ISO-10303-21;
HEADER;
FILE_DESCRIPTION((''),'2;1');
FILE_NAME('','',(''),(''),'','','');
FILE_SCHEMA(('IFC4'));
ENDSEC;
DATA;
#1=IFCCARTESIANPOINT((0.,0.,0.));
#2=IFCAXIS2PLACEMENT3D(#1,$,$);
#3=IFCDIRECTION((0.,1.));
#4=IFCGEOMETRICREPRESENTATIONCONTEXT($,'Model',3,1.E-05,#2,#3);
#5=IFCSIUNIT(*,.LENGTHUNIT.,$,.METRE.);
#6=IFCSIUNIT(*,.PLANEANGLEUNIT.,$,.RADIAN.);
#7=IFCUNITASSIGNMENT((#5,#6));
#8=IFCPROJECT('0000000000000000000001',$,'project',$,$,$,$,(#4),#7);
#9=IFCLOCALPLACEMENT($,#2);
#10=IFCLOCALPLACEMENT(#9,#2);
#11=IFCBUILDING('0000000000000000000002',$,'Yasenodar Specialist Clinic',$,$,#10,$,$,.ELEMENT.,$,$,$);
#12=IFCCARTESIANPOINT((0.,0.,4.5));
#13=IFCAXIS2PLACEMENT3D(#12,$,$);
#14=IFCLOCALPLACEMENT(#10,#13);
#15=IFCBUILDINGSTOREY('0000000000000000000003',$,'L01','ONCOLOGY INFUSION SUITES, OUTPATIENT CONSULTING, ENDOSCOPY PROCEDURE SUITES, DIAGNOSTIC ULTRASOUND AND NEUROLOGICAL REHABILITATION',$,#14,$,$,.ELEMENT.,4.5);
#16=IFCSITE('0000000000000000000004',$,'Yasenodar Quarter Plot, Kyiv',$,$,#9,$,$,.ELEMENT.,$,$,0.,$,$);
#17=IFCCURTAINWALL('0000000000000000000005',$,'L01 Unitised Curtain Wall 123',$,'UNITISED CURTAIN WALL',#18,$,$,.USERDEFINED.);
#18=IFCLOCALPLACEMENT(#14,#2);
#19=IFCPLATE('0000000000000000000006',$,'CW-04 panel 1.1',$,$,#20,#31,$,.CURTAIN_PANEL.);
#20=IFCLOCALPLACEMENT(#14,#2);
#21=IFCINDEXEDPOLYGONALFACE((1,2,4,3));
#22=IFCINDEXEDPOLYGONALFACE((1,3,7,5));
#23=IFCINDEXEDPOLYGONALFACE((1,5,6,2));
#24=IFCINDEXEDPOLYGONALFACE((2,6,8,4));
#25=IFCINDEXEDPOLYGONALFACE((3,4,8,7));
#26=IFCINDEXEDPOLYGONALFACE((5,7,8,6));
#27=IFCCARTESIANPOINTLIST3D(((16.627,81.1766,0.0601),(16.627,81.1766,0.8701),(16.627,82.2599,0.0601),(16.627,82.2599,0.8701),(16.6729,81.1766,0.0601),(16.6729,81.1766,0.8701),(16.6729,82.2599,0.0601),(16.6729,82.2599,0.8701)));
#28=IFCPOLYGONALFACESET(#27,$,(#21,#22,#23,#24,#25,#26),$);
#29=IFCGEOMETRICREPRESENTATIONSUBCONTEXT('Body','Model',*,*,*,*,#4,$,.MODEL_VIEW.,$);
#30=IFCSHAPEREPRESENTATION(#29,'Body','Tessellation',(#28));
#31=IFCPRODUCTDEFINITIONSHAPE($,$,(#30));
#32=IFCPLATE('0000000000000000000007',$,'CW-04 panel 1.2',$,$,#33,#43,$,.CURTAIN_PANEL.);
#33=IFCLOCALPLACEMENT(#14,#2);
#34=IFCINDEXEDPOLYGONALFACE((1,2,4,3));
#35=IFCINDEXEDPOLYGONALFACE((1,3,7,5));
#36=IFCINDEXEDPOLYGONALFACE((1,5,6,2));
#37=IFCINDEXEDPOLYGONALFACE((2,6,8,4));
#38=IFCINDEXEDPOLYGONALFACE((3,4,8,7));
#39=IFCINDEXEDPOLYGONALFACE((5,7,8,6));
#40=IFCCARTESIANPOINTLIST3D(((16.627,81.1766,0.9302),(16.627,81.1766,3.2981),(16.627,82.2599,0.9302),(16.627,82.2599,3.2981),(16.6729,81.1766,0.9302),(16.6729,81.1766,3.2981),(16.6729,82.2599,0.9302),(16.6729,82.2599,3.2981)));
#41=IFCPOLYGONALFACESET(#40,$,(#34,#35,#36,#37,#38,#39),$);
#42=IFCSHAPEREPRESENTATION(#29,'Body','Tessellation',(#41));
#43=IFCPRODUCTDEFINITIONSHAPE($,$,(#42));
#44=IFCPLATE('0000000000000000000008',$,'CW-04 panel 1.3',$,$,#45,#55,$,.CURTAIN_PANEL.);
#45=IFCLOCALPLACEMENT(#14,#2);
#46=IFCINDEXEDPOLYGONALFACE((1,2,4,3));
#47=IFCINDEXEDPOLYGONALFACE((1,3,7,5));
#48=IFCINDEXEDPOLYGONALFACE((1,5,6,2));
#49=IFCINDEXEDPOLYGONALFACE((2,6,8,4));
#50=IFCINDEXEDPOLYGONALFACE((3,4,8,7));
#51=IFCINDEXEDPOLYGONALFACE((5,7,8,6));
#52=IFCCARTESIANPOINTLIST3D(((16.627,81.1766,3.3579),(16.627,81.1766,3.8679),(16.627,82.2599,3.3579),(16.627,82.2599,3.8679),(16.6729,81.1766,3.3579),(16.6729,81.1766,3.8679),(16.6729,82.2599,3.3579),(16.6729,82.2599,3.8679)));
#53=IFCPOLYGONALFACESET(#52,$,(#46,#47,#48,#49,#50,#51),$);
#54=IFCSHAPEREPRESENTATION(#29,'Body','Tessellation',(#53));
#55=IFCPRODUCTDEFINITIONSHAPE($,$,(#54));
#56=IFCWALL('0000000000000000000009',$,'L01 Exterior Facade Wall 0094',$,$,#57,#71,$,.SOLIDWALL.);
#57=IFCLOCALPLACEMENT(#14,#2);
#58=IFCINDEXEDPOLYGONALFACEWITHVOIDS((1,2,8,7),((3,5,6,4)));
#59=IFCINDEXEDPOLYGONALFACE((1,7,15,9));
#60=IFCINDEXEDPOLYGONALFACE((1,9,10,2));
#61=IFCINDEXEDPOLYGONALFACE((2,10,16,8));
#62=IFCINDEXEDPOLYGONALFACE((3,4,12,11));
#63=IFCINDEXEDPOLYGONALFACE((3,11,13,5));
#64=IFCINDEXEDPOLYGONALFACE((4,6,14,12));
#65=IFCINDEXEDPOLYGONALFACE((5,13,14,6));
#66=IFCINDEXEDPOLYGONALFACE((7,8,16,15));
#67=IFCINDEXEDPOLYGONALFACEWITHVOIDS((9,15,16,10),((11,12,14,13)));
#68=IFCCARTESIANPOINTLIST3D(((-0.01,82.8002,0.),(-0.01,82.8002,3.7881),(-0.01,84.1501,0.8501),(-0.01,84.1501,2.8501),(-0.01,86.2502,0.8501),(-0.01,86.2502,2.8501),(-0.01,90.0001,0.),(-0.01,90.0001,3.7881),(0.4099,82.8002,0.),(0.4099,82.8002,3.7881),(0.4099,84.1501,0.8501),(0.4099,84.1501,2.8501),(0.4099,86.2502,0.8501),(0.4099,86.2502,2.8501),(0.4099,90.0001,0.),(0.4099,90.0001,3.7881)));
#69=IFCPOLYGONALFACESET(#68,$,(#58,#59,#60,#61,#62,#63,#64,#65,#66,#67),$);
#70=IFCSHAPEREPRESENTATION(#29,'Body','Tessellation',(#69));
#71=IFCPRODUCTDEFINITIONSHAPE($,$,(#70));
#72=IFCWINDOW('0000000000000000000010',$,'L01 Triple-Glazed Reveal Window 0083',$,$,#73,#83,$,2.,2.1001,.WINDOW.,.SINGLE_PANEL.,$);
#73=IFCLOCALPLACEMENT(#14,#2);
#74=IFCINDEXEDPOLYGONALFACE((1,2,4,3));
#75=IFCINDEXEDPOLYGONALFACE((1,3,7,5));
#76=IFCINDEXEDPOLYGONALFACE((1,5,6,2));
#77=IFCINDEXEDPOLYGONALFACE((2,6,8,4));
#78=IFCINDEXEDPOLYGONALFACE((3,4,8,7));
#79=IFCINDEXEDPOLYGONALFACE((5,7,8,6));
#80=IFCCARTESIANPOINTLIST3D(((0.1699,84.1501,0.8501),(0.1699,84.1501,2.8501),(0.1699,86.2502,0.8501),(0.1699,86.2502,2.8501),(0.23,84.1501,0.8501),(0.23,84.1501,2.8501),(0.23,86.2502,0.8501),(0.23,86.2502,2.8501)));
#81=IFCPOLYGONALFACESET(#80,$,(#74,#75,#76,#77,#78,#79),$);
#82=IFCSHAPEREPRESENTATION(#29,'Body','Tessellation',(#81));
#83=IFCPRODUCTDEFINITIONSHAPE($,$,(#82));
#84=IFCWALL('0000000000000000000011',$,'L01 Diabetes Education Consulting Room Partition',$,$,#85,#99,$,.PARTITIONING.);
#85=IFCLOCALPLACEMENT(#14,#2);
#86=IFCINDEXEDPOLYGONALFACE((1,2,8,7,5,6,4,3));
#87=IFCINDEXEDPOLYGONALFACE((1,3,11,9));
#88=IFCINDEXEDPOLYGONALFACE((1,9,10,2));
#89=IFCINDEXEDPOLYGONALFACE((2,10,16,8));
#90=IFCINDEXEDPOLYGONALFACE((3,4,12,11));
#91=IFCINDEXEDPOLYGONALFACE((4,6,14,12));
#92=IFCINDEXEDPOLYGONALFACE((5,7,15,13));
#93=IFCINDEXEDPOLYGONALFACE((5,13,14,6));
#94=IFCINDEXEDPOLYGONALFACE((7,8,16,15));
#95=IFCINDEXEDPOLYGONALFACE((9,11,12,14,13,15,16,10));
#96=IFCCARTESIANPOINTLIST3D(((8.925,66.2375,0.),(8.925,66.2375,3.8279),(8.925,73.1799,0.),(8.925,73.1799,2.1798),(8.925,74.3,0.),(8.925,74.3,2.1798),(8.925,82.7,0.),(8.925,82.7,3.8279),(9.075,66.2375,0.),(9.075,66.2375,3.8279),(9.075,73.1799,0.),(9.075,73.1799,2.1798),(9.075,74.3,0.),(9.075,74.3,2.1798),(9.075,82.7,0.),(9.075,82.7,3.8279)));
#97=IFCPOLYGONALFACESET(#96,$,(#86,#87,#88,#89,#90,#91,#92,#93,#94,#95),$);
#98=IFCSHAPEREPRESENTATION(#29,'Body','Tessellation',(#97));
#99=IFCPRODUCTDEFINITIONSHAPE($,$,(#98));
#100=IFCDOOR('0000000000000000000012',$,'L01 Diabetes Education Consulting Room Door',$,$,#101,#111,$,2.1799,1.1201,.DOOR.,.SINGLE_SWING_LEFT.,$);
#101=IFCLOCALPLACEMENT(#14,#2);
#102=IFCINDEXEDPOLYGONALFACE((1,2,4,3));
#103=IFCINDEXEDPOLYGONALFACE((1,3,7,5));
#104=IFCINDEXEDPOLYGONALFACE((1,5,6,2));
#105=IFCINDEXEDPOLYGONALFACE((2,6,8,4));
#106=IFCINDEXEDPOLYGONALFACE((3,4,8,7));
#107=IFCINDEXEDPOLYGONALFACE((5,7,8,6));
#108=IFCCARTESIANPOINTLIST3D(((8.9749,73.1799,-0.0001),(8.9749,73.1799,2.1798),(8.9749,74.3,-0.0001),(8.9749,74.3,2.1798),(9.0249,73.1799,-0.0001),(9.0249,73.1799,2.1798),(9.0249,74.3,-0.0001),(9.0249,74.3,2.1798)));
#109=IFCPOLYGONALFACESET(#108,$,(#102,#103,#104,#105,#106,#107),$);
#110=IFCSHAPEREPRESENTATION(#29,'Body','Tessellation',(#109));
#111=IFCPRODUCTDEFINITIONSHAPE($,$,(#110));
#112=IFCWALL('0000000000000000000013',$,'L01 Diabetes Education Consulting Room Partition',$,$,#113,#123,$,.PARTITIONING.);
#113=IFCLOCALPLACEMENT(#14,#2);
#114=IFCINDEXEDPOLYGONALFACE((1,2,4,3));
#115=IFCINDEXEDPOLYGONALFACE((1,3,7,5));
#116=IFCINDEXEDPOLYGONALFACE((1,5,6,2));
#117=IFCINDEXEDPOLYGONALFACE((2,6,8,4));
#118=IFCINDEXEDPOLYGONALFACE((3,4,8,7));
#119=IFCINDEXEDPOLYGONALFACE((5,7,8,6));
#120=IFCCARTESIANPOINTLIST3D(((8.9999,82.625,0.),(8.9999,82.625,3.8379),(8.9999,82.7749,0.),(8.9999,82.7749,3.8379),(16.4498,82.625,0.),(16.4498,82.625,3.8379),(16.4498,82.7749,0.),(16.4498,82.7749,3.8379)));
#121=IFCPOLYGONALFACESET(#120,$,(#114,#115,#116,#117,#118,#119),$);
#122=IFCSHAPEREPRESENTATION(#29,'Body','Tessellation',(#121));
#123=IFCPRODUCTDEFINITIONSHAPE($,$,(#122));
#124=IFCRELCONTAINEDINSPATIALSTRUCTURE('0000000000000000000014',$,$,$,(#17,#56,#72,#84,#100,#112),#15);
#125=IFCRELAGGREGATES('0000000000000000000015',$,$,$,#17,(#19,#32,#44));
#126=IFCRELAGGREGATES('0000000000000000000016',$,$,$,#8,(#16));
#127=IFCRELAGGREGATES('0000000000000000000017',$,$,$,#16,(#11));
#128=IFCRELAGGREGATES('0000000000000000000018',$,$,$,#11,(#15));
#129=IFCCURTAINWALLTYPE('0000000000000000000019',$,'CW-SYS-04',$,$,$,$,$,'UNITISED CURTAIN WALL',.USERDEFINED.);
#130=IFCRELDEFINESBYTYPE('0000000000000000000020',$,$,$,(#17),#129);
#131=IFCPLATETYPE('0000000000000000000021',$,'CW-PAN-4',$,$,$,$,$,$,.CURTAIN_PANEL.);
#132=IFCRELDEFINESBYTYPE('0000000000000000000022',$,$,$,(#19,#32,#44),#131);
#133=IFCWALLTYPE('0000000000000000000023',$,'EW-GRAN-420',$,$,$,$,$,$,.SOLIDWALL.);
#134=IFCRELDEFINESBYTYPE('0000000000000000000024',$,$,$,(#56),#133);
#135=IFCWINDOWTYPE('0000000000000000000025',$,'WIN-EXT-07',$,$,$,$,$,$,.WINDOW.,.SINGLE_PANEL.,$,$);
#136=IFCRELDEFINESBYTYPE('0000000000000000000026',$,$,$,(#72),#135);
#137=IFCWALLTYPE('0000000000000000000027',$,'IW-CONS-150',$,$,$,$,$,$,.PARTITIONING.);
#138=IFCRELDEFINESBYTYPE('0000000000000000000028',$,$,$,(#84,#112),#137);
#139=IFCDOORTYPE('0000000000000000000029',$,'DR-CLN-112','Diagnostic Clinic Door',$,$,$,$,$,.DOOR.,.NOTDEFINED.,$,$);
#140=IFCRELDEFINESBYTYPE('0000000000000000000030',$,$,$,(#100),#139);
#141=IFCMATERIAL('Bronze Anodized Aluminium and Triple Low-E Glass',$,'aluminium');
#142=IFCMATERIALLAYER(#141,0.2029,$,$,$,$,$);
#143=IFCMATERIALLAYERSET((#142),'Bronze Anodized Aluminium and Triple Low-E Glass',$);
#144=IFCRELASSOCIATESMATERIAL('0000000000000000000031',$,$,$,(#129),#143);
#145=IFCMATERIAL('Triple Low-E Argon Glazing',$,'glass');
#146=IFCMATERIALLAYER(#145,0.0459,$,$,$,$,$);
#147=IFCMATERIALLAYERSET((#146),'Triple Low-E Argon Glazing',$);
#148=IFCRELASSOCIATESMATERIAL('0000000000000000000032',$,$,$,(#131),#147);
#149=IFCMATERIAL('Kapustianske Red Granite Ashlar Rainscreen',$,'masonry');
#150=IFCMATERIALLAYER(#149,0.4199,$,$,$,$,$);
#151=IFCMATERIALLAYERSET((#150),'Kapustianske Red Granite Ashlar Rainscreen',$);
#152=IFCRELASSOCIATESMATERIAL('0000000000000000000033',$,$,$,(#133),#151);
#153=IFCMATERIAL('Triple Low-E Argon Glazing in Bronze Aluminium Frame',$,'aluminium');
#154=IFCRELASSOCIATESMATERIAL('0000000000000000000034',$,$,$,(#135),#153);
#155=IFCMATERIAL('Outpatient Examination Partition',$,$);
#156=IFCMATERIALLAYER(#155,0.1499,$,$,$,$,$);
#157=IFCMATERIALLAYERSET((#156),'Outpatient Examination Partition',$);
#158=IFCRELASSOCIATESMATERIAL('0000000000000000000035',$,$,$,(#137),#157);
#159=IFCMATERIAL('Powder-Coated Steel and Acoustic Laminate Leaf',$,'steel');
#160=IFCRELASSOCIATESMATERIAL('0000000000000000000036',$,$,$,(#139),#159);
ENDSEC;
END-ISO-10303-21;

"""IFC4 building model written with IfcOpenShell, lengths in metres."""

from ifc_helpers import new_model, si_unit, direction, frame, frame_2d, origin, origin_2d, place, context, subcontext, project, spatial, rectangle, extrude, material, layer, layer_set, type_object, element, fill, aggregate, save


model = new_model("IFC4")

# Units and contexts
model_context = context("Model", 3, precision=1e-05, world=origin(), true_north=direction((0.0, 1.0)))
body_context = subcontext(model_context, "Body", "Model", "MODEL_VIEW")
ifc_project = project(units=[si_unit("LENGTHUNIT", "METRE"), si_unit("PLANEANGLEUNIT", "RADIAN")], contexts=[model_context])

# Site, building, storey
site_placement = place(None, origin())
site = spatial("IfcSite", under=ifc_project, at=site_placement, Name="Yasenodar Quarter Plot, Kyiv", CompositionType="ELEMENT", RefElevation=0.0)
building_placement = place(site_placement, origin())
building = spatial("IfcBuilding", under=site, at=building_placement, Name="Yasenodar Specialist Clinic", CompositionType="ELEMENT")
storey_placement = place(building_placement, frame((0.0, 0.0, 4.5)))
storey = spatial("IfcBuildingStorey", under=building, at=storey_placement, Name="L01", Description="ONCOLOGY INFUSION SUITES, OUTPATIENT CONSULTING, ENDOSCOPY PROCEDURE SUITES, DIAGNOSTIC ULTRASOUND AND NEUROLOGICAL REHABILITATION", CompositionType="ELEMENT", Elevation=4.5)

# Curtain wall
ifc_material_1 = material(Name="Bronze Anodized Aluminium and Triple Low-E Glass", Category="aluminium")
ifc_layer_1 = layer(ifc_material_1, 0.2029)
ifc_layer_set_1 = layer_set([ifc_layer_1], Name="Bronze Anodized Aluminium and Triple Low-E Glass")
curtain_wall_type = type_object("IfcCurtainWallType", Name="CW-SYS-04", ElementType="UNITISED CURTAIN WALL", PredefinedType="USERDEFINED", material=ifc_layer_set_1)
curtain_wall_placement = place(storey_placement, origin())
curtain_wall = element("IfcCurtainWall", 1, at=curtain_wall_placement, inside=storey, type_object=curtain_wall_type, Name="L01 Unitised Curtain Wall 123", ObjectType="UNITISED CURTAIN WALL", PredefinedType="USERDEFINED")

# Plates
ifc_material_2 = material(Name="Triple Low-E Argon Glazing", Category="glass")
ifc_layer_2 = layer(ifc_material_2, 0.0459)
ifc_layer_set_2 = layer_set([ifc_layer_2], Name="Triple Low-E Argon Glazing")
plate_type = type_object("IfcPlateType", Name="CW-PAN-4", PredefinedType="CURTAIN_PANEL", material=ifc_layer_set_2)
plate_1_placement = place(storey_placement, frame((16.6499, 81.7183, 0.0601), z_axis=(0.0, 0.0, 1.0), x_axis=(0.0, -1.0, 0.0)))
plate_1 = element("IfcPlate", 2, at=plate_1_placement, type_object=plate_type, Name="CW-04 panel 1.1", PredefinedType="CURTAIN_PANEL", context=body_context, shape_type="SweptSolid", body=[
    extrude(rectangle(XDim=1.0833, YDim=0.0459, at=origin_2d()), origin(), (0.0, 0.0, 1.0), 0.8101),
])
plate_2_placement = place(storey_placement, frame((16.6499, 81.7183, 0.9302), z_axis=(0.0, 0.0, 1.0), x_axis=(0.0, -1.0, 0.0)))
plate_2 = element("IfcPlate", 3, at=plate_2_placement, type_object=plate_type, Name="CW-04 panel 1.2", PredefinedType="CURTAIN_PANEL", context=body_context, shape_type="SweptSolid", body=[
    extrude(rectangle(XDim=1.0833, YDim=0.0459, at=origin_2d()), origin(), (0.0, 0.0, 1.0), 2.3679),
])
plate_3_placement = place(storey_placement, frame((16.6499, 81.7183, 3.3579), z_axis=(0.0, 0.0, 1.0), x_axis=(0.0, -1.0, 0.0)))
plate_3 = element("IfcPlate", 4, at=plate_3_placement, type_object=plate_type, Name="CW-04 panel 1.3", PredefinedType="CURTAIN_PANEL", context=body_context, shape_type="SweptSolid", body=[
    extrude(rectangle(XDim=1.0833, YDim=0.0459, at=origin_2d()), origin(), (0.0, 0.0, 1.0), 0.51),
])
aggregate(curtain_wall, [plate_1, plate_2, plate_3])

# Wall, opening, window
ifc_material_3 = material(Name="Kapustianske Red Granite Ashlar Rainscreen", Category="masonry")
ifc_layer_3 = layer(ifc_material_3, 0.4199)
ifc_layer_set_3 = layer_set([ifc_layer_3], Name="Kapustianske Red Granite Ashlar Rainscreen")
wall_type_1 = type_object("IfcWallType", Name="EW-GRAN-420", PredefinedType="SOLIDWALL", material=ifc_layer_set_3)
wall_1_placement = place(storey_placement, frame((0.2, 82.8, 0.0), z_axis=(0.0, 0.0, 1.0), x_axis=(0.0, 1.0, 0.0)))
wall_1 = element("IfcWall", 5, at=wall_1_placement, inside=storey, type_object=wall_type_1, Name="L01 Exterior Facade Wall 0094", PredefinedType="SOLIDWALL", context=body_context, shape_type="SweptSolid", body=[
    extrude(rectangle(XDim=7.2, YDim=0.4199, at=frame_2d((3.6001, 0.0))), origin(), (0.0, 0.0, 1.0), 3.7881),
])
opening_1_placement = place(wall_1_placement, frame((1.3501, 0.0, 0.8501)))
opening_1 = element("IfcOpeningElement", 6, at=opening_1_placement, cuts=wall_1, PredefinedType="OPENING", context=body_context, shape_type="SweptSolid", body=[
    extrude(rectangle(XDim=2.1001, YDim=2.0, at=frame_2d((1.05, 1.0))), frame((0.0, 0.22, 0.0), z_axis=(0.0, -1.0, 0.0), x_axis=(1.0, 0.0, 0.0)), (0.0, 0.0, 1.0), 0.4399),
])
ifc_material_4 = material(Name="Triple Low-E Argon Glazing in Bronze Aluminium Frame", Category="aluminium")
window_type = type_object("IfcWindowType", Name="WIN-EXT-07", PartitioningType="SINGLE_PANEL", PredefinedType="WINDOW", material=ifc_material_4)
window_placement = place(opening_1_placement, origin())
window = element("IfcWindow", 7, at=window_placement, inside=storey, type_object=window_type, Name="L01 Triple-Glazed Reveal Window 0083", OverallHeight=2.0, OverallWidth=2.1001, PartitioningType="SINGLE_PANEL", PredefinedType="WINDOW", context=body_context, shape_type="SweptSolid", body=[
    extrude(rectangle(XDim=2.1001, YDim=2.0, at=frame_2d((1.05, 1.0))), frame((0.0, 0.03, 0.0), z_axis=(0.0, -1.0, 0.0), x_axis=(1.0, 0.0, 0.0)), (0.0, 0.0, 1.0), 0.0601),
])
fill(opening_1, window)

# Wall, opening, door
ifc_material_5 = material(Name="Outpatient Examination Partition")
ifc_layer_4 = layer(ifc_material_5, 0.1499)
ifc_layer_set_4 = layer_set([ifc_layer_4], Name="Outpatient Examination Partition")
wall_type_2 = type_object("IfcWallType", Name="IW-CONS-150", PredefinedType="PARTITIONING", material=ifc_layer_set_4)
wall_2_placement = place(storey_placement, frame((9.0, 82.7, 0.0), z_axis=(0.0, 0.0, 1.0), x_axis=(0.0, -1.0, 0.0)))
wall_2 = element("IfcWall", 8, at=wall_2_placement, inside=storey, type_object=wall_type_2, Name="L01 Diabetes Education Consulting Room Partition", PredefinedType="PARTITIONING", context=body_context, shape_type="SweptSolid", body=[
    extrude(rectangle(XDim=16.4624, YDim=0.1499, at=frame_2d((8.2312, 0.0))), origin(), (0.0, 0.0, 1.0), 3.8279),
])
opening_2_placement = place(wall_2_placement, frame((8.3999, 0.0, 0.0)))
opening_2 = element("IfcOpeningElement", 9, at=opening_2_placement, cuts=wall_2, PredefinedType="OPENING", context=body_context, shape_type="SweptSolid", body=[
    extrude(rectangle(XDim=1.1201, YDim=2.1799, at=frame_2d((0.5601, 1.0898))), frame((0.0, 0.085, 0.0), z_axis=(0.0, -1.0, 0.0), x_axis=(1.0, 0.0, 0.0)), (0.0, 0.0, 1.0), 0.1699),
])
ifc_material_6 = material(Name="Powder-Coated Steel and Acoustic Laminate Leaf", Category="steel")
door_type = type_object("IfcDoorType", Name="DR-CLN-112", Description="Diagnostic Clinic Door", OperationType="NOTDEFINED", PredefinedType="DOOR", material=ifc_material_6)
door_placement = place(opening_2_placement, origin())
door = element("IfcDoor", 10, at=door_placement, inside=storey, type_object=door_type, Name="L01 Diabetes Education Consulting Room Door", OperationType="SINGLE_SWING_LEFT", OverallHeight=2.1799, OverallWidth=1.1201, PredefinedType="DOOR", context=body_context, shape_type="SweptSolid", body=[
    extrude(rectangle(XDim=1.1201, YDim=2.1799, at=frame_2d((0.5601, 1.0898))), frame((0.0, 0.0249, 0.0), z_axis=(0.0, -1.0, 0.0), x_axis=(1.0, 0.0, 0.0)), (0.0, 0.0, 1.0), 0.05),
])
fill(opening_2, door)

# Wall
wall_3_placement = place(storey_placement, frame((16.45, 82.7, 0.0), z_axis=(0.0, 0.0, 1.0), x_axis=(-1.0, 0.0, 0.0)))
element("IfcWall", 11, at=wall_3_placement, inside=storey, type_object=wall_type_2, Name="L01 Diabetes Education Consulting Room Partition", PredefinedType="PARTITIONING", context=body_context, shape_type="SweptSolid", body=[
    extrude(rectangle(XDim=7.45, YDim=0.1499, at=frame_2d((3.7251, 0.0))), origin(), (0.0, 0.0, 1.0), 3.8379),
])

save(model, "model.ifc")
